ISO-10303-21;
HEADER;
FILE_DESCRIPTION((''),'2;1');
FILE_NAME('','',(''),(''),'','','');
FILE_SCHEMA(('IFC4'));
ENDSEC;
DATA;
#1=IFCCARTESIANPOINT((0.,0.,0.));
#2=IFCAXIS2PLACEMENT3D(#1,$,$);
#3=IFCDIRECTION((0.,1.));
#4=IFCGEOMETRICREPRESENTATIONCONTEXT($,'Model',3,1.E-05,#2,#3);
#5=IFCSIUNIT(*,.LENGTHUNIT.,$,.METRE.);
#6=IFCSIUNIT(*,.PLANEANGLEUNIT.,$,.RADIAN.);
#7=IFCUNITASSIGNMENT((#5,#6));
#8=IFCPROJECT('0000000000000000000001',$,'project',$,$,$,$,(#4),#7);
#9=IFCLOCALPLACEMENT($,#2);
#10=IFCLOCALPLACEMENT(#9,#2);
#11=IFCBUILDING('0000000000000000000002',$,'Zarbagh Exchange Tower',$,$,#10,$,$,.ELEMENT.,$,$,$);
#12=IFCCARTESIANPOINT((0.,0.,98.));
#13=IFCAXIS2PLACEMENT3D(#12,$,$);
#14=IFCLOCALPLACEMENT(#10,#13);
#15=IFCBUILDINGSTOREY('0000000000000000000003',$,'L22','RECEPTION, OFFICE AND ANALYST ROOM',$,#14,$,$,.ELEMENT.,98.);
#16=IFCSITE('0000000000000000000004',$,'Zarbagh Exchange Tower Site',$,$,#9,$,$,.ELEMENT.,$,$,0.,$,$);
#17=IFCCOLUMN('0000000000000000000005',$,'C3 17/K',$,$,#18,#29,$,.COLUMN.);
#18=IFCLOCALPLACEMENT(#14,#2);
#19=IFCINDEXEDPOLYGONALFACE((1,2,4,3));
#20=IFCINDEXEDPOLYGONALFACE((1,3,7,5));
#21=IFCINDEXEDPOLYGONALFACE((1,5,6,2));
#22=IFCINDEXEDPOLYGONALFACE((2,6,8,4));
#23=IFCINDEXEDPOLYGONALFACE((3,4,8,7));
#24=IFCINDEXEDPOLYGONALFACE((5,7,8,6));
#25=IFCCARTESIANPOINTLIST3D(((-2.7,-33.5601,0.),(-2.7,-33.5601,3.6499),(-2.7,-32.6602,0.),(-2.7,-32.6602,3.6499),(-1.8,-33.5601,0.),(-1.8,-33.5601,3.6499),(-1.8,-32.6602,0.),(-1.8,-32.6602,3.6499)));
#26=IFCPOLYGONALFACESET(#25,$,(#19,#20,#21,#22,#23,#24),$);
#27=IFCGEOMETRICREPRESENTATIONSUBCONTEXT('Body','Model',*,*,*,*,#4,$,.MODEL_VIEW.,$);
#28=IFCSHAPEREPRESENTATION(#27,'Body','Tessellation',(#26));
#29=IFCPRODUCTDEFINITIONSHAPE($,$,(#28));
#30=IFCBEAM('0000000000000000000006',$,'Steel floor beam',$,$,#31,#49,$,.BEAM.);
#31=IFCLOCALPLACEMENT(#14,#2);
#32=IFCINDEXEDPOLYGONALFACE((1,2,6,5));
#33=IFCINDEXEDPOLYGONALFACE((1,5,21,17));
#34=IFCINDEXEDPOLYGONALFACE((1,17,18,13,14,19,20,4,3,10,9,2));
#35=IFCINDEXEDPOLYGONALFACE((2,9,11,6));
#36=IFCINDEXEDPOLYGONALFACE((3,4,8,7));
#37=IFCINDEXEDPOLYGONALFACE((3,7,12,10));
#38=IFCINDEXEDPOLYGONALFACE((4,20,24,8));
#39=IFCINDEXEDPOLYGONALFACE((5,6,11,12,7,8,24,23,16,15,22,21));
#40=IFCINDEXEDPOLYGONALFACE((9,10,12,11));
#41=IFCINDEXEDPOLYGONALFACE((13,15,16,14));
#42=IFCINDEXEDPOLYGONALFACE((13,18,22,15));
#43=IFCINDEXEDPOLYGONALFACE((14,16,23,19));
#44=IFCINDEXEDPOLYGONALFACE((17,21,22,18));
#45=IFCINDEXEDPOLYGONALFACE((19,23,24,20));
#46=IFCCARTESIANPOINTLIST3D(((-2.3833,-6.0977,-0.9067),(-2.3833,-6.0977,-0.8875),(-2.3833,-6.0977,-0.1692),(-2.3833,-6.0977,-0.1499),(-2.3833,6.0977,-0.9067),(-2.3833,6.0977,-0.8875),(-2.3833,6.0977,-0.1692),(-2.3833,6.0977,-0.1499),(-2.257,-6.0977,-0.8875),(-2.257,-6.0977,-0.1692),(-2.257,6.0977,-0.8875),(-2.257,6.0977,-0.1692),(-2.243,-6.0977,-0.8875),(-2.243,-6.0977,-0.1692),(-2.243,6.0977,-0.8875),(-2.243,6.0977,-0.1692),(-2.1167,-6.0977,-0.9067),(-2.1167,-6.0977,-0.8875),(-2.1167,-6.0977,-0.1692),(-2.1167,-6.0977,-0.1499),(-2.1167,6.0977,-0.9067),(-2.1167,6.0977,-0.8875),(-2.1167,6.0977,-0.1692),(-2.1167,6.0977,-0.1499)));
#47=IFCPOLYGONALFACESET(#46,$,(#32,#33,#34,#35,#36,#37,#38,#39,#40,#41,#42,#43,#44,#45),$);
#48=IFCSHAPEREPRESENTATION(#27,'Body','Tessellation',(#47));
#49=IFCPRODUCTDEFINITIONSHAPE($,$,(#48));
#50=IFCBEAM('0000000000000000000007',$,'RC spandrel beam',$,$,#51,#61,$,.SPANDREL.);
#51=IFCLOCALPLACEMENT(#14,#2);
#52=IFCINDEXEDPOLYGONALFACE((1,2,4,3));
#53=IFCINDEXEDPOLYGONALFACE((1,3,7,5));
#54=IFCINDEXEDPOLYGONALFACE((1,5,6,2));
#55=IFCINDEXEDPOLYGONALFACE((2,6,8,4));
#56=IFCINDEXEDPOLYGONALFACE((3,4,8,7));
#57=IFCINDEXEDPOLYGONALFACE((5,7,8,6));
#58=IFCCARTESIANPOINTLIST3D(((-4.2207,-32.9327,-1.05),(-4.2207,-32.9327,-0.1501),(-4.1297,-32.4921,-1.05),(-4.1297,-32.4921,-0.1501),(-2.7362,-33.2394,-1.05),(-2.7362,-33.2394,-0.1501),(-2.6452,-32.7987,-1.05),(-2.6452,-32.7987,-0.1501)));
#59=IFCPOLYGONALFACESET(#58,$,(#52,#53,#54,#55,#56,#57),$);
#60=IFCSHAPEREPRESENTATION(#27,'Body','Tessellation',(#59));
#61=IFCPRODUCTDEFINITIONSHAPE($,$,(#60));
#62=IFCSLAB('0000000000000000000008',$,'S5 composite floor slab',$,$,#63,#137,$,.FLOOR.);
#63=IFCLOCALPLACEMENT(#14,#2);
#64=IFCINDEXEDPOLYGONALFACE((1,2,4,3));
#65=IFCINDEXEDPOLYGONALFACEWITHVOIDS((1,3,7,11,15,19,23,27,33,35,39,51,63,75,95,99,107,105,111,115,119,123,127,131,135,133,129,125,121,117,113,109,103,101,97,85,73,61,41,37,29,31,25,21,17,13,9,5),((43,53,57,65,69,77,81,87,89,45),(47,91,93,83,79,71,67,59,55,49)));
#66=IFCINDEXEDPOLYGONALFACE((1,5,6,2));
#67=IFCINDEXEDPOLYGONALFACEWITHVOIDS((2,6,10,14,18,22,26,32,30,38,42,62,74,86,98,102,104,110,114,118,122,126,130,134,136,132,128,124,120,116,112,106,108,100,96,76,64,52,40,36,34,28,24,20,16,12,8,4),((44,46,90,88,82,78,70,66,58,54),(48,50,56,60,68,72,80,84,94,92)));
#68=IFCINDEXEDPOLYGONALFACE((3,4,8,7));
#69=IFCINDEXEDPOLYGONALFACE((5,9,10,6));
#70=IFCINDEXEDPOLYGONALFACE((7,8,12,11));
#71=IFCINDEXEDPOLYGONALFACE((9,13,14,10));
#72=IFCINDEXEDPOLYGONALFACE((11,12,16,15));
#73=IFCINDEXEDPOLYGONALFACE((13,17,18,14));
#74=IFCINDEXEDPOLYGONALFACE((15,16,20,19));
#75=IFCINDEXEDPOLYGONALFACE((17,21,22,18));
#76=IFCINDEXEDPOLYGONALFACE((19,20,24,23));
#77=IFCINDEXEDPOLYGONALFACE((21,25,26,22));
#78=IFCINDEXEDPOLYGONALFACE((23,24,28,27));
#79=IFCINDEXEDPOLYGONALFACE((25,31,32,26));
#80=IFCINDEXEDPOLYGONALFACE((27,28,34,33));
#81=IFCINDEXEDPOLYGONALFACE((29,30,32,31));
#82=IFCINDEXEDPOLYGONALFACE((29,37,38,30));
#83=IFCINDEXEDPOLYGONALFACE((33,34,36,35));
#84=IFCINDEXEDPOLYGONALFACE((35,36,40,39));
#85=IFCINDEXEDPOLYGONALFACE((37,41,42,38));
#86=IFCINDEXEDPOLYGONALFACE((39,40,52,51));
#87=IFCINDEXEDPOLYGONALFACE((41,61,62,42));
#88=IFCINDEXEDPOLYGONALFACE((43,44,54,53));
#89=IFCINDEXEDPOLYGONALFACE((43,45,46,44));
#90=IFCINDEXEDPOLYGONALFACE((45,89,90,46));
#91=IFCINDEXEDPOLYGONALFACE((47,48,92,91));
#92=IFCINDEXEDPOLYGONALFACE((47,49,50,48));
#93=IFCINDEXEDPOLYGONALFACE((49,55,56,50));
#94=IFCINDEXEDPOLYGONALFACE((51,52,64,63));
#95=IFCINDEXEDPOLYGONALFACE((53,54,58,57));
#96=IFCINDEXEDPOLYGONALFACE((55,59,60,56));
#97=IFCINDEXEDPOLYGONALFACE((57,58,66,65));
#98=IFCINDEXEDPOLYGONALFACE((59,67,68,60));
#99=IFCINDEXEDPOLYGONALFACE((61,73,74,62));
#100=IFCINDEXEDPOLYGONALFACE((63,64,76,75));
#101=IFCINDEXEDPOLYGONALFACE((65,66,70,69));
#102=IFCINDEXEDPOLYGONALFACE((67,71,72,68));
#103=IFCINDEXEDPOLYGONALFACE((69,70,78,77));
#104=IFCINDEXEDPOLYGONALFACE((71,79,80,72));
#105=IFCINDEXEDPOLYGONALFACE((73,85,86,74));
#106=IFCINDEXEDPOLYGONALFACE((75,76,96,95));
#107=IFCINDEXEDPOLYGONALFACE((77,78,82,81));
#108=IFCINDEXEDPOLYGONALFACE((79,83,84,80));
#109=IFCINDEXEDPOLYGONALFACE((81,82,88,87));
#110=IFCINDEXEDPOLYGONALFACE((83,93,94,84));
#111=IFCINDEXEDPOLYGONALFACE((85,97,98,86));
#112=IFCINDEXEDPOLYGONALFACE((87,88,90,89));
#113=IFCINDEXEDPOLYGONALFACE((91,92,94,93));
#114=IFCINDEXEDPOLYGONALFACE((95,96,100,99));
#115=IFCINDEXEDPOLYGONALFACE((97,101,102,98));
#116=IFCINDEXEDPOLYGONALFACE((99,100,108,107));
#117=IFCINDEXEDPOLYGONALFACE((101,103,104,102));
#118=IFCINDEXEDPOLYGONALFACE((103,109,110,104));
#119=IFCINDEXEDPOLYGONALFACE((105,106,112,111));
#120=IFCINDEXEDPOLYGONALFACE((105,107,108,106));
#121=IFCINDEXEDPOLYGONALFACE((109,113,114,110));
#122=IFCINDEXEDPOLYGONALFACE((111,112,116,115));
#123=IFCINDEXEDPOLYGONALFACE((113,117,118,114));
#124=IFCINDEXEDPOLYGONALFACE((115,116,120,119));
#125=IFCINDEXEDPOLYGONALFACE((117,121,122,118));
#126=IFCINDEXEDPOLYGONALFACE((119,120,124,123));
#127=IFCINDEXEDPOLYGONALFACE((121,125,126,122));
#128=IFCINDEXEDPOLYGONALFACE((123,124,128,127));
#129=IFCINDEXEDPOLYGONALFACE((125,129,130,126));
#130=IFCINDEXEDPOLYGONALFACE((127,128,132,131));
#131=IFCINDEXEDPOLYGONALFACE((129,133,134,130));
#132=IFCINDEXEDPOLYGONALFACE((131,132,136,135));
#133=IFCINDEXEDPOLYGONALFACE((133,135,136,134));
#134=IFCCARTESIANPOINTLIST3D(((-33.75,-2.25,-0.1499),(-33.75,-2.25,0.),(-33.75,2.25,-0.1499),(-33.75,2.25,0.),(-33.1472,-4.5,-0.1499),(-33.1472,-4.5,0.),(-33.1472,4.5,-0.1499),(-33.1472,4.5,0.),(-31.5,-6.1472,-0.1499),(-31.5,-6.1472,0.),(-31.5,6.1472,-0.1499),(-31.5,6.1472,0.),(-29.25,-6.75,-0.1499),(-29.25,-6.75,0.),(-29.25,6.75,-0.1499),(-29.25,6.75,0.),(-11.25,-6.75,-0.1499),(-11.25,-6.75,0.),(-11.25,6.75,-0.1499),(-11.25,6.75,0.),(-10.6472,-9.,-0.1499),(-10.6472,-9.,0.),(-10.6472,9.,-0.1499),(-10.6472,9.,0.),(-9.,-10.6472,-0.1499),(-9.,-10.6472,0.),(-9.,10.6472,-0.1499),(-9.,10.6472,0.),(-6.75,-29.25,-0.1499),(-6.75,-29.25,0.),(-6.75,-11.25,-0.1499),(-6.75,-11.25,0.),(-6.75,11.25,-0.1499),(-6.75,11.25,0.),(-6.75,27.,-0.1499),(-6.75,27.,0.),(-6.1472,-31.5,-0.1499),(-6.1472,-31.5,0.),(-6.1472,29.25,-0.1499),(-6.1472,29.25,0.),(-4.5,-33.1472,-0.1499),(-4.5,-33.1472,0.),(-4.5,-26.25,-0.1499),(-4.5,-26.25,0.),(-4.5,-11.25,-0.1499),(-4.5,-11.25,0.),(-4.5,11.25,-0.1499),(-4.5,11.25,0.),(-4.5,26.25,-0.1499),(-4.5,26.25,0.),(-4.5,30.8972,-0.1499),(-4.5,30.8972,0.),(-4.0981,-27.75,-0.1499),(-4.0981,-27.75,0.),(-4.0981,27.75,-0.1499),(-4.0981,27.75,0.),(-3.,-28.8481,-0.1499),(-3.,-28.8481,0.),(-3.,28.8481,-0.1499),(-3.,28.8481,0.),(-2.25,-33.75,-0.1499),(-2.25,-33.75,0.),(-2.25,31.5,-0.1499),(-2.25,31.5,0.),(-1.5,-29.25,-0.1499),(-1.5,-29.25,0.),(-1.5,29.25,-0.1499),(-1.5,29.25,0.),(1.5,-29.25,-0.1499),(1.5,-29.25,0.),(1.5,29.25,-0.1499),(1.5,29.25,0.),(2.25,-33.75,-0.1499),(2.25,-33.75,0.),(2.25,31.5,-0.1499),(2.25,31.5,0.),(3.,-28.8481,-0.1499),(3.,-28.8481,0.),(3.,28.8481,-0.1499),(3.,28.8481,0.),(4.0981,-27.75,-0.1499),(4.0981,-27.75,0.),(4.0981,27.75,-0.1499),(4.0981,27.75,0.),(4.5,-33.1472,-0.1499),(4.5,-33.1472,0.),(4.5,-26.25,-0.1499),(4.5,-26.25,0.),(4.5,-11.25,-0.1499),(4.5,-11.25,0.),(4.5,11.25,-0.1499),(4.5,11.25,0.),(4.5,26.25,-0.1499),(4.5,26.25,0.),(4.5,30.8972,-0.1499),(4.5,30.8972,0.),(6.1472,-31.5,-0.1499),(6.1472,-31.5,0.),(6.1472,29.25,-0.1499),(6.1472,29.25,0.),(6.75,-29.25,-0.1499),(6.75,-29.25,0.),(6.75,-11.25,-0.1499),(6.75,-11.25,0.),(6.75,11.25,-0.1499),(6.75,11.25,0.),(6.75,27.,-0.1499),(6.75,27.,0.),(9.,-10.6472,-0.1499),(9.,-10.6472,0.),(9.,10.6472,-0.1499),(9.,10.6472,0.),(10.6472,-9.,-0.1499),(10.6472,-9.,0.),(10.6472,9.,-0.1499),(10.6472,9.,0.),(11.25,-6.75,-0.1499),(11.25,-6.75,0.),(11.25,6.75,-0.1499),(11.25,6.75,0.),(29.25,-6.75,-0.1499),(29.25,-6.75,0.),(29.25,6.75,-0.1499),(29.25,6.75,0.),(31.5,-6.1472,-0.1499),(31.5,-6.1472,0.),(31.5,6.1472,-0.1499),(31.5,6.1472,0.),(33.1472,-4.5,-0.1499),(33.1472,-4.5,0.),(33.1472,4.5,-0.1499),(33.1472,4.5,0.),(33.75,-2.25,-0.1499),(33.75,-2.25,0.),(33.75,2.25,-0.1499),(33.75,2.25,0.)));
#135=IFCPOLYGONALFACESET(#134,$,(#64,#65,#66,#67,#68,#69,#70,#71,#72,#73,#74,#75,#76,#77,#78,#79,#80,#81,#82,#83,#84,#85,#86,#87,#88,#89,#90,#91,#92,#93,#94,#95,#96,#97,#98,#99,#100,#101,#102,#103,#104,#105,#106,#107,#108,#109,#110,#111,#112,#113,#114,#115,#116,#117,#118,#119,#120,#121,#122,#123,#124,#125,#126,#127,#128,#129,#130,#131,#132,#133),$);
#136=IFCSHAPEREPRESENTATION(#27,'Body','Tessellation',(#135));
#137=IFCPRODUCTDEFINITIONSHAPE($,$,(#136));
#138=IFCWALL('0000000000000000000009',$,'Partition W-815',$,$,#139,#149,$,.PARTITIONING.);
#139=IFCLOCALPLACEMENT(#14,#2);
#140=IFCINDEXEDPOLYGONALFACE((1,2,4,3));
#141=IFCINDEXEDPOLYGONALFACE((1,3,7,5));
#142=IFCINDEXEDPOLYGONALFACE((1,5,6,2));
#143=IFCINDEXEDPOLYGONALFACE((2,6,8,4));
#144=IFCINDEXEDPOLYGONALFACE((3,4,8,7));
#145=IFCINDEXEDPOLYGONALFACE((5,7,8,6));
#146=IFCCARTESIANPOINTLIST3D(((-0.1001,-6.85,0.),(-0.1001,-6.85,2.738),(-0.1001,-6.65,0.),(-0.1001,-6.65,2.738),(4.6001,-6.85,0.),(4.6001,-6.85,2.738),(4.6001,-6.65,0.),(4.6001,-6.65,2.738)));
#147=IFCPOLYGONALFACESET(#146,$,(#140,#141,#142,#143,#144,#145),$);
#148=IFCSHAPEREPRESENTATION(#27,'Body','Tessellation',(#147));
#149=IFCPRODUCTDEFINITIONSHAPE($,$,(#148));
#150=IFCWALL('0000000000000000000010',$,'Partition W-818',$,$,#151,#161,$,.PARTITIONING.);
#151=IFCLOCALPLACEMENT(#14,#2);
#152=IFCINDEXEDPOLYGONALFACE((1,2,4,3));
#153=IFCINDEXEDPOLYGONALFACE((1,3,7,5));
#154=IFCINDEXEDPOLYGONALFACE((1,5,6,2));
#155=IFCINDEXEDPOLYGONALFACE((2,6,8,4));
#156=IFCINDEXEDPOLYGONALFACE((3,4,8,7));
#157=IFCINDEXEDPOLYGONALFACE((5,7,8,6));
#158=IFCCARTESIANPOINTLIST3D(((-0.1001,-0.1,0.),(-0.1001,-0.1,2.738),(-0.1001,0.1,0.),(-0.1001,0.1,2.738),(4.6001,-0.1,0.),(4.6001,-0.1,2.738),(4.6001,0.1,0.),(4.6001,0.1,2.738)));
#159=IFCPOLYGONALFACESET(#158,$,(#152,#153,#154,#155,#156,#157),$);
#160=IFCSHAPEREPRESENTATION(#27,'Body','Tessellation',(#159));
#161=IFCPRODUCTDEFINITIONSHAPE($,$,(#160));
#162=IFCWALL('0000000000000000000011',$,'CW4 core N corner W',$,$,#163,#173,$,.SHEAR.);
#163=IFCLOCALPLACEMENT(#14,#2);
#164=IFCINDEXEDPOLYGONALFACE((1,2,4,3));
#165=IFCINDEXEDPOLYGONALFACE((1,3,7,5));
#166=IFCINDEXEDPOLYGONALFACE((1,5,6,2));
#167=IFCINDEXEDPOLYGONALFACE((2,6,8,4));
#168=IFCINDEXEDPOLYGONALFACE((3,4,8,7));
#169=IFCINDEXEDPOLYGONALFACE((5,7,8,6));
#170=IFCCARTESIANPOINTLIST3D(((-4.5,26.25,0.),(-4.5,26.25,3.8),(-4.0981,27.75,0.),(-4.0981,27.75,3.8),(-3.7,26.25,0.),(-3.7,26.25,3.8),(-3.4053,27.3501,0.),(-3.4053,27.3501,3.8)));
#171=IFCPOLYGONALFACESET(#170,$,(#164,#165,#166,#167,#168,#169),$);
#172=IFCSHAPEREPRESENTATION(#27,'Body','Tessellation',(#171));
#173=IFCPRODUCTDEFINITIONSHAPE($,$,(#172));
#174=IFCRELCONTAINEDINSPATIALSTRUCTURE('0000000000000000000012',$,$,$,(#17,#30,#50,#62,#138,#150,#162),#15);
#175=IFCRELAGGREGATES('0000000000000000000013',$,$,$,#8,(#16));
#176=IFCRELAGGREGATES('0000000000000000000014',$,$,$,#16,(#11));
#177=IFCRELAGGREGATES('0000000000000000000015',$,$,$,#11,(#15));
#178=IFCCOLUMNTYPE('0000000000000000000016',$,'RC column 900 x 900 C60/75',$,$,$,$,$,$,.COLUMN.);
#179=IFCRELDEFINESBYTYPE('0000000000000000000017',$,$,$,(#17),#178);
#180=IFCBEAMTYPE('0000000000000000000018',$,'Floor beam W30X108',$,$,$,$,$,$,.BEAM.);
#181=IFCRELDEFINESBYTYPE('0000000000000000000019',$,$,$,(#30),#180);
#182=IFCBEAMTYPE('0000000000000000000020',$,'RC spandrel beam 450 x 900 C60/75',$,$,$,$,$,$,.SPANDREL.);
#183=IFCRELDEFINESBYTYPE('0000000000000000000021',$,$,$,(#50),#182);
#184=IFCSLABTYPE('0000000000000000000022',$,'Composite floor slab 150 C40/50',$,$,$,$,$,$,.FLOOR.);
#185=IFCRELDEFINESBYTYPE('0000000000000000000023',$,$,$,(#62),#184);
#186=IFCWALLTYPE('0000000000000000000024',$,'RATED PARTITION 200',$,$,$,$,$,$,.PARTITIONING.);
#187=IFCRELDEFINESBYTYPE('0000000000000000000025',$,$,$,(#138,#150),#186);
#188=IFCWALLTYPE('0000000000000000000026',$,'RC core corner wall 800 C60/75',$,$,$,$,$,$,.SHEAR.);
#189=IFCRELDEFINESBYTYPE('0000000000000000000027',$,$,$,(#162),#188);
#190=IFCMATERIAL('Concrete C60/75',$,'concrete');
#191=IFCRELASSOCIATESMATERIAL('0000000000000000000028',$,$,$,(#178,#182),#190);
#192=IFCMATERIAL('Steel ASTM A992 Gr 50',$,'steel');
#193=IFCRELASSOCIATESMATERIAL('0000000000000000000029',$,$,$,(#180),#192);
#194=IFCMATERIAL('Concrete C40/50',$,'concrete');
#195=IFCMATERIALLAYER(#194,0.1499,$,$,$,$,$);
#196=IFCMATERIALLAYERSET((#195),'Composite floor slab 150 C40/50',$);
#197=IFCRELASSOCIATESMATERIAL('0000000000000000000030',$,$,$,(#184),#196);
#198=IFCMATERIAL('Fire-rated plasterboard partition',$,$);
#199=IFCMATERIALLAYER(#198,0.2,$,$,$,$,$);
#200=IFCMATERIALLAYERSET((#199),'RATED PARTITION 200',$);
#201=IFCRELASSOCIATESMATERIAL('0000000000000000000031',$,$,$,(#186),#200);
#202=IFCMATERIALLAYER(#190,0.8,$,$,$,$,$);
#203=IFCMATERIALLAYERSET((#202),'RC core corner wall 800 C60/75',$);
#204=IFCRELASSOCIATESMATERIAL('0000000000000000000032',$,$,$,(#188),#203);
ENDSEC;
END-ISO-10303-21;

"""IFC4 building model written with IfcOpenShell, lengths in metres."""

from ifc_helpers import new_model, si_unit, direction, frame, frame_2d, origin, origin_2d, place, context, subcontext, project, spatial, polyline, rectangle, i_section, outline, extrude, material, layer, layer_set, material_profile, profile_set, type_object, element, save


model = new_model("IFC4")

# Units and contexts
model_context = context("Model", 3, precision=1e-05, world=origin(), true_north=direction((0.0, 1.0)))
body_context = subcontext(model_context, "Body", "Model", "MODEL_VIEW")
ifc_project = project(units=[si_unit("LENGTHUNIT", "METRE"), si_unit("PLANEANGLEUNIT", "RADIAN")], contexts=[model_context])

# Site, building, storey
site_placement = place(None, origin())
site = spatial("IfcSite", under=ifc_project, at=site_placement, Name="Zarbagh Exchange Tower Site", CompositionType="ELEMENT", RefElevation=0.0)
building_placement = place(site_placement, origin())
building = spatial("IfcBuilding", under=site, at=building_placement, Name="Zarbagh Exchange Tower", CompositionType="ELEMENT")
storey_placement = place(building_placement, frame((0.0, 0.0, 98.0)))
storey = spatial("IfcBuildingStorey", under=building, at=storey_placement, Name="L22", Description="RECEPTION, OFFICE AND ANALYST ROOM", CompositionType="ELEMENT", Elevation=98.0)

# Column
ifc_material_1 = material(Name="Concrete C60/75", Category="concrete")
ifc_material_profile_1 = material_profile(ifc_material_1, rectangle(XDim=0.8999, YDim=0.8999, at=origin_2d()), Name="RC column 900 x 900 C60/75")
ifc_profile_set_1 = profile_set([ifc_material_profile_1], Name="Concrete C60/75")
column_type = type_object("IfcColumnType", Name="RC column 900 x 900 C60/75", PredefinedType="COLUMN", material=ifc_profile_set_1)
column_placement = place(storey_placement, frame((-2.25, -33.1101, 0.0), z_axis=(0.0, 0.0, 1.0), x_axis=(1.0, 0.0, 0.0)))
element("IfcColumn", 1, at=column_placement, inside=storey, type_object=column_type, Name="C3 17/K", PredefinedType="COLUMN", context=body_context, shape_type="SweptSolid", body=[
    extrude(rectangle(XDim=0.8999, YDim=0.8999, at=origin_2d()), origin(), (0.0, 0.0, 1.0), 3.6499),
])

# Beams
ifc_material_2 = material(Name="Steel ASTM A992 Gr 50", Category="steel")
ifc_material_profile_2 = material_profile(ifc_material_2, i_section(OverallWidth=0.2666, OverallDepth=0.7568, WebThickness=0.0139, FlangeThickness=0.0193, at=origin_2d()), Name="W30X108")
ifc_profile_set_2 = profile_set([ifc_material_profile_2], Name="Steel ASTM A992 Gr 50")
beam_type_1 = type_object("IfcBeamType", Name="Floor beam W30X108", PredefinedType="BEAM", material=ifc_profile_set_2)
beam_1_placement = place(storey_placement, frame((-2.25, -6.0977, -0.5283), z_axis=(0.0, 1.0, 0.0), x_axis=(-1.0, 0.0, 0.0)))
element("IfcBeam", 2, at=beam_1_placement, inside=storey, type_object=beam_type_1, Name="Steel floor beam", PredefinedType="BEAM", context=body_context, shape_type="SweptSolid", body=[
    extrude(i_section(OverallWidth=0.2666, OverallDepth=0.7568, WebThickness=0.0139, FlangeThickness=0.0193, at=origin_2d()), origin(), (0.0, 0.0, 1.0), 12.1953),
])
ifc_material_profile_3 = material_profile(ifc_material_1, rectangle(XDim=0.45, YDim=0.8999, at=origin_2d()), Name="RC spandrel beam 450 x 900 C60/75")
ifc_profile_set_3 = profile_set([ifc_material_profile_3], Name="Concrete C60/75")
beam_type_2 = type_object("IfcBeamType", Name="RC spandrel beam 450 x 900 C60/75", PredefinedType="SPANDREL", material=ifc_profile_set_3)
beam_2_placement = place(storey_placement, frame((-2.6907, -33.019, -0.6001), z_axis=(-0.979329, 0.202275, 0.0), x_axis=(-0.202275, -0.979329, 0.0)))
element("IfcBeam", 3, at=beam_2_placement, inside=storey, type_object=beam_type_2, Name="RC spandrel beam", PredefinedType="SPANDREL", context=body_context, shape_type="SweptSolid", body=[
    extrude(rectangle(XDim=0.45, YDim=0.8999, at=origin_2d()), origin(), (0.0, 0.0, 1.0), 1.5159),
])

# Slab
ifc_material_3 = material(Name="Concrete C40/50", Category="concrete")
ifc_layer_1 = layer(ifc_material_3, 0.1499)
ifc_layer_set_1 = layer_set([ifc_layer_1], Name="Composite floor slab 150 C40/50")
slab_type = type_object("IfcSlabType", Name="Composite floor slab 150 C40/50", PredefinedType="FLOOR", material=ifc_layer_set_1)
slab_placement = place(storey_placement, frame((0.0, 0.0, -0.1499)))
element("IfcSlab", 4, at=slab_placement, inside=storey, type_object=slab_type, Name="S5 composite floor slab", PredefinedType="FLOOR", context=body_context, shape_type="SweptSolid", body=[
    extrude(outline(polyline([(-2.25, -33.75), (-4.5, -33.1472), (-6.1472, -31.5), (-6.75, -29.25), (-6.75, -11.25), (-9.0, -10.6472), (-10.6472, -9.0), (-11.25, -6.75), (-29.25, -6.75), (-31.5, -6.1472), (-33.1472, -4.5), (-33.75, -2.25), (-33.75, 2.25), (-33.1472, 4.5), (-31.5, 6.1472), (-29.25, 6.75), (-11.25, 6.75), (-10.6472, 9.0), (-9.0, 10.6472), (-6.75, 11.25), (-6.75, 27.0), (-6.1472, 29.25), (-4.5, 30.8972), (-2.25, 31.5), (2.25, 31.5), (4.5, 30.8972), (6.1472, 29.25), (6.75, 27.0), (6.75, 11.25), (9.0, 10.6472), (10.6472, 9.0), (11.25, 6.75), (29.25, 6.75), (31.5, 6.1472), (33.1472, 4.5), (33.75, 2.25), (33.75, -2.25), (33.1472, -4.5), (31.5, -6.1472), (29.25, -6.75), (11.25, -6.75), (10.6472, -9.0), (9.0, -10.6472), (6.75, -11.25), (6.75, -29.25), (6.1472, -31.5), (4.5, -33.1472), (2.25, -33.75), (-2.25, -33.75)]), holes=[polyline([(4.5, 11.25), (4.5, 26.25), (4.0981, 27.75), (3.0, 28.8481), (1.5, 29.25), (-1.5, 29.25), (-3.0, 28.8481), (-4.0981, 27.75), (-4.5, 26.25), (-4.5, 11.25), (4.5, 11.25)]), polyline([(-1.5, -29.25), (1.5, -29.25), (3.0, -28.8481), (4.0981, -27.75), (4.5, -26.25), (4.5, -11.25), (-4.5, -11.25), (-4.5, -26.25), (-4.0981, -27.75), (-3.0, -28.8481), (-1.5, -29.25)])]), origin(), (0.0, 0.0, 1.0), 0.1499),
])

# Walls
ifc_material_4 = material(Name="Fire-rated plasterboard partition")
ifc_layer_2 = layer(ifc_material_4, 0.2)
ifc_layer_set_2 = layer_set([ifc_layer_2], Name="RATED PARTITION 200")
wall_type_1 = type_object("IfcWallType", Name="RATED PARTITION 200", PredefinedType="PARTITIONING", material=ifc_layer_set_2)
for number, where, z_axis, x_axis, name in (
    (5, (-0.1001, -6.75, 0.0), (0.0, 0.0, 1.0), (1.0, 0.0, 0.0), "Partition W-815"),
    (6, (-0.1001, 0.0, 0.0), (0.0, 0.0, 1.0), (1.0, 0.0, 0.0), "Partition W-818"),
):
    element("IfcWall", number, at=place(storey_placement, frame(where, z_axis=z_axis, x_axis=x_axis)), inside=storey, type_object=wall_type_1, Name=name, PredefinedType="PARTITIONING", context=body_context, shape_type="SweptSolid", body=[
        extrude(rectangle(XDim=4.7002, YDim=0.2, at=frame_2d((2.3501, 0.0))), origin(), (0.0, 0.0, 1.0), 2.738),
    ])
ifc_layer_3 = layer(ifc_material_1, 0.8)
ifc_layer_set_3 = layer_set([ifc_layer_3], Name="RC core corner wall 800 C60/75")
wall_type_2 = type_object("IfcWallType", Name="RC core corner wall 800 C60/75", PredefinedType="SHEAR", material=ifc_layer_set_3)
wall_1_placement = place(storey_placement, origin())
element("IfcWall", 7, at=wall_1_placement, inside=storey, type_object=wall_type_2, Name="CW4 core N corner W", PredefinedType="SHEAR", context=body_context, shape_type="SweptSolid", body=[
    extrude(outline(polyline([(-4.5, 26.25), (-4.0981, 27.75), (-3.4053, 27.3501), (-3.7, 26.25), (-4.5, 26.25)])), origin(), (0.0, 0.0, 1.0), 3.8),
])

save(model, "model.ifc")
